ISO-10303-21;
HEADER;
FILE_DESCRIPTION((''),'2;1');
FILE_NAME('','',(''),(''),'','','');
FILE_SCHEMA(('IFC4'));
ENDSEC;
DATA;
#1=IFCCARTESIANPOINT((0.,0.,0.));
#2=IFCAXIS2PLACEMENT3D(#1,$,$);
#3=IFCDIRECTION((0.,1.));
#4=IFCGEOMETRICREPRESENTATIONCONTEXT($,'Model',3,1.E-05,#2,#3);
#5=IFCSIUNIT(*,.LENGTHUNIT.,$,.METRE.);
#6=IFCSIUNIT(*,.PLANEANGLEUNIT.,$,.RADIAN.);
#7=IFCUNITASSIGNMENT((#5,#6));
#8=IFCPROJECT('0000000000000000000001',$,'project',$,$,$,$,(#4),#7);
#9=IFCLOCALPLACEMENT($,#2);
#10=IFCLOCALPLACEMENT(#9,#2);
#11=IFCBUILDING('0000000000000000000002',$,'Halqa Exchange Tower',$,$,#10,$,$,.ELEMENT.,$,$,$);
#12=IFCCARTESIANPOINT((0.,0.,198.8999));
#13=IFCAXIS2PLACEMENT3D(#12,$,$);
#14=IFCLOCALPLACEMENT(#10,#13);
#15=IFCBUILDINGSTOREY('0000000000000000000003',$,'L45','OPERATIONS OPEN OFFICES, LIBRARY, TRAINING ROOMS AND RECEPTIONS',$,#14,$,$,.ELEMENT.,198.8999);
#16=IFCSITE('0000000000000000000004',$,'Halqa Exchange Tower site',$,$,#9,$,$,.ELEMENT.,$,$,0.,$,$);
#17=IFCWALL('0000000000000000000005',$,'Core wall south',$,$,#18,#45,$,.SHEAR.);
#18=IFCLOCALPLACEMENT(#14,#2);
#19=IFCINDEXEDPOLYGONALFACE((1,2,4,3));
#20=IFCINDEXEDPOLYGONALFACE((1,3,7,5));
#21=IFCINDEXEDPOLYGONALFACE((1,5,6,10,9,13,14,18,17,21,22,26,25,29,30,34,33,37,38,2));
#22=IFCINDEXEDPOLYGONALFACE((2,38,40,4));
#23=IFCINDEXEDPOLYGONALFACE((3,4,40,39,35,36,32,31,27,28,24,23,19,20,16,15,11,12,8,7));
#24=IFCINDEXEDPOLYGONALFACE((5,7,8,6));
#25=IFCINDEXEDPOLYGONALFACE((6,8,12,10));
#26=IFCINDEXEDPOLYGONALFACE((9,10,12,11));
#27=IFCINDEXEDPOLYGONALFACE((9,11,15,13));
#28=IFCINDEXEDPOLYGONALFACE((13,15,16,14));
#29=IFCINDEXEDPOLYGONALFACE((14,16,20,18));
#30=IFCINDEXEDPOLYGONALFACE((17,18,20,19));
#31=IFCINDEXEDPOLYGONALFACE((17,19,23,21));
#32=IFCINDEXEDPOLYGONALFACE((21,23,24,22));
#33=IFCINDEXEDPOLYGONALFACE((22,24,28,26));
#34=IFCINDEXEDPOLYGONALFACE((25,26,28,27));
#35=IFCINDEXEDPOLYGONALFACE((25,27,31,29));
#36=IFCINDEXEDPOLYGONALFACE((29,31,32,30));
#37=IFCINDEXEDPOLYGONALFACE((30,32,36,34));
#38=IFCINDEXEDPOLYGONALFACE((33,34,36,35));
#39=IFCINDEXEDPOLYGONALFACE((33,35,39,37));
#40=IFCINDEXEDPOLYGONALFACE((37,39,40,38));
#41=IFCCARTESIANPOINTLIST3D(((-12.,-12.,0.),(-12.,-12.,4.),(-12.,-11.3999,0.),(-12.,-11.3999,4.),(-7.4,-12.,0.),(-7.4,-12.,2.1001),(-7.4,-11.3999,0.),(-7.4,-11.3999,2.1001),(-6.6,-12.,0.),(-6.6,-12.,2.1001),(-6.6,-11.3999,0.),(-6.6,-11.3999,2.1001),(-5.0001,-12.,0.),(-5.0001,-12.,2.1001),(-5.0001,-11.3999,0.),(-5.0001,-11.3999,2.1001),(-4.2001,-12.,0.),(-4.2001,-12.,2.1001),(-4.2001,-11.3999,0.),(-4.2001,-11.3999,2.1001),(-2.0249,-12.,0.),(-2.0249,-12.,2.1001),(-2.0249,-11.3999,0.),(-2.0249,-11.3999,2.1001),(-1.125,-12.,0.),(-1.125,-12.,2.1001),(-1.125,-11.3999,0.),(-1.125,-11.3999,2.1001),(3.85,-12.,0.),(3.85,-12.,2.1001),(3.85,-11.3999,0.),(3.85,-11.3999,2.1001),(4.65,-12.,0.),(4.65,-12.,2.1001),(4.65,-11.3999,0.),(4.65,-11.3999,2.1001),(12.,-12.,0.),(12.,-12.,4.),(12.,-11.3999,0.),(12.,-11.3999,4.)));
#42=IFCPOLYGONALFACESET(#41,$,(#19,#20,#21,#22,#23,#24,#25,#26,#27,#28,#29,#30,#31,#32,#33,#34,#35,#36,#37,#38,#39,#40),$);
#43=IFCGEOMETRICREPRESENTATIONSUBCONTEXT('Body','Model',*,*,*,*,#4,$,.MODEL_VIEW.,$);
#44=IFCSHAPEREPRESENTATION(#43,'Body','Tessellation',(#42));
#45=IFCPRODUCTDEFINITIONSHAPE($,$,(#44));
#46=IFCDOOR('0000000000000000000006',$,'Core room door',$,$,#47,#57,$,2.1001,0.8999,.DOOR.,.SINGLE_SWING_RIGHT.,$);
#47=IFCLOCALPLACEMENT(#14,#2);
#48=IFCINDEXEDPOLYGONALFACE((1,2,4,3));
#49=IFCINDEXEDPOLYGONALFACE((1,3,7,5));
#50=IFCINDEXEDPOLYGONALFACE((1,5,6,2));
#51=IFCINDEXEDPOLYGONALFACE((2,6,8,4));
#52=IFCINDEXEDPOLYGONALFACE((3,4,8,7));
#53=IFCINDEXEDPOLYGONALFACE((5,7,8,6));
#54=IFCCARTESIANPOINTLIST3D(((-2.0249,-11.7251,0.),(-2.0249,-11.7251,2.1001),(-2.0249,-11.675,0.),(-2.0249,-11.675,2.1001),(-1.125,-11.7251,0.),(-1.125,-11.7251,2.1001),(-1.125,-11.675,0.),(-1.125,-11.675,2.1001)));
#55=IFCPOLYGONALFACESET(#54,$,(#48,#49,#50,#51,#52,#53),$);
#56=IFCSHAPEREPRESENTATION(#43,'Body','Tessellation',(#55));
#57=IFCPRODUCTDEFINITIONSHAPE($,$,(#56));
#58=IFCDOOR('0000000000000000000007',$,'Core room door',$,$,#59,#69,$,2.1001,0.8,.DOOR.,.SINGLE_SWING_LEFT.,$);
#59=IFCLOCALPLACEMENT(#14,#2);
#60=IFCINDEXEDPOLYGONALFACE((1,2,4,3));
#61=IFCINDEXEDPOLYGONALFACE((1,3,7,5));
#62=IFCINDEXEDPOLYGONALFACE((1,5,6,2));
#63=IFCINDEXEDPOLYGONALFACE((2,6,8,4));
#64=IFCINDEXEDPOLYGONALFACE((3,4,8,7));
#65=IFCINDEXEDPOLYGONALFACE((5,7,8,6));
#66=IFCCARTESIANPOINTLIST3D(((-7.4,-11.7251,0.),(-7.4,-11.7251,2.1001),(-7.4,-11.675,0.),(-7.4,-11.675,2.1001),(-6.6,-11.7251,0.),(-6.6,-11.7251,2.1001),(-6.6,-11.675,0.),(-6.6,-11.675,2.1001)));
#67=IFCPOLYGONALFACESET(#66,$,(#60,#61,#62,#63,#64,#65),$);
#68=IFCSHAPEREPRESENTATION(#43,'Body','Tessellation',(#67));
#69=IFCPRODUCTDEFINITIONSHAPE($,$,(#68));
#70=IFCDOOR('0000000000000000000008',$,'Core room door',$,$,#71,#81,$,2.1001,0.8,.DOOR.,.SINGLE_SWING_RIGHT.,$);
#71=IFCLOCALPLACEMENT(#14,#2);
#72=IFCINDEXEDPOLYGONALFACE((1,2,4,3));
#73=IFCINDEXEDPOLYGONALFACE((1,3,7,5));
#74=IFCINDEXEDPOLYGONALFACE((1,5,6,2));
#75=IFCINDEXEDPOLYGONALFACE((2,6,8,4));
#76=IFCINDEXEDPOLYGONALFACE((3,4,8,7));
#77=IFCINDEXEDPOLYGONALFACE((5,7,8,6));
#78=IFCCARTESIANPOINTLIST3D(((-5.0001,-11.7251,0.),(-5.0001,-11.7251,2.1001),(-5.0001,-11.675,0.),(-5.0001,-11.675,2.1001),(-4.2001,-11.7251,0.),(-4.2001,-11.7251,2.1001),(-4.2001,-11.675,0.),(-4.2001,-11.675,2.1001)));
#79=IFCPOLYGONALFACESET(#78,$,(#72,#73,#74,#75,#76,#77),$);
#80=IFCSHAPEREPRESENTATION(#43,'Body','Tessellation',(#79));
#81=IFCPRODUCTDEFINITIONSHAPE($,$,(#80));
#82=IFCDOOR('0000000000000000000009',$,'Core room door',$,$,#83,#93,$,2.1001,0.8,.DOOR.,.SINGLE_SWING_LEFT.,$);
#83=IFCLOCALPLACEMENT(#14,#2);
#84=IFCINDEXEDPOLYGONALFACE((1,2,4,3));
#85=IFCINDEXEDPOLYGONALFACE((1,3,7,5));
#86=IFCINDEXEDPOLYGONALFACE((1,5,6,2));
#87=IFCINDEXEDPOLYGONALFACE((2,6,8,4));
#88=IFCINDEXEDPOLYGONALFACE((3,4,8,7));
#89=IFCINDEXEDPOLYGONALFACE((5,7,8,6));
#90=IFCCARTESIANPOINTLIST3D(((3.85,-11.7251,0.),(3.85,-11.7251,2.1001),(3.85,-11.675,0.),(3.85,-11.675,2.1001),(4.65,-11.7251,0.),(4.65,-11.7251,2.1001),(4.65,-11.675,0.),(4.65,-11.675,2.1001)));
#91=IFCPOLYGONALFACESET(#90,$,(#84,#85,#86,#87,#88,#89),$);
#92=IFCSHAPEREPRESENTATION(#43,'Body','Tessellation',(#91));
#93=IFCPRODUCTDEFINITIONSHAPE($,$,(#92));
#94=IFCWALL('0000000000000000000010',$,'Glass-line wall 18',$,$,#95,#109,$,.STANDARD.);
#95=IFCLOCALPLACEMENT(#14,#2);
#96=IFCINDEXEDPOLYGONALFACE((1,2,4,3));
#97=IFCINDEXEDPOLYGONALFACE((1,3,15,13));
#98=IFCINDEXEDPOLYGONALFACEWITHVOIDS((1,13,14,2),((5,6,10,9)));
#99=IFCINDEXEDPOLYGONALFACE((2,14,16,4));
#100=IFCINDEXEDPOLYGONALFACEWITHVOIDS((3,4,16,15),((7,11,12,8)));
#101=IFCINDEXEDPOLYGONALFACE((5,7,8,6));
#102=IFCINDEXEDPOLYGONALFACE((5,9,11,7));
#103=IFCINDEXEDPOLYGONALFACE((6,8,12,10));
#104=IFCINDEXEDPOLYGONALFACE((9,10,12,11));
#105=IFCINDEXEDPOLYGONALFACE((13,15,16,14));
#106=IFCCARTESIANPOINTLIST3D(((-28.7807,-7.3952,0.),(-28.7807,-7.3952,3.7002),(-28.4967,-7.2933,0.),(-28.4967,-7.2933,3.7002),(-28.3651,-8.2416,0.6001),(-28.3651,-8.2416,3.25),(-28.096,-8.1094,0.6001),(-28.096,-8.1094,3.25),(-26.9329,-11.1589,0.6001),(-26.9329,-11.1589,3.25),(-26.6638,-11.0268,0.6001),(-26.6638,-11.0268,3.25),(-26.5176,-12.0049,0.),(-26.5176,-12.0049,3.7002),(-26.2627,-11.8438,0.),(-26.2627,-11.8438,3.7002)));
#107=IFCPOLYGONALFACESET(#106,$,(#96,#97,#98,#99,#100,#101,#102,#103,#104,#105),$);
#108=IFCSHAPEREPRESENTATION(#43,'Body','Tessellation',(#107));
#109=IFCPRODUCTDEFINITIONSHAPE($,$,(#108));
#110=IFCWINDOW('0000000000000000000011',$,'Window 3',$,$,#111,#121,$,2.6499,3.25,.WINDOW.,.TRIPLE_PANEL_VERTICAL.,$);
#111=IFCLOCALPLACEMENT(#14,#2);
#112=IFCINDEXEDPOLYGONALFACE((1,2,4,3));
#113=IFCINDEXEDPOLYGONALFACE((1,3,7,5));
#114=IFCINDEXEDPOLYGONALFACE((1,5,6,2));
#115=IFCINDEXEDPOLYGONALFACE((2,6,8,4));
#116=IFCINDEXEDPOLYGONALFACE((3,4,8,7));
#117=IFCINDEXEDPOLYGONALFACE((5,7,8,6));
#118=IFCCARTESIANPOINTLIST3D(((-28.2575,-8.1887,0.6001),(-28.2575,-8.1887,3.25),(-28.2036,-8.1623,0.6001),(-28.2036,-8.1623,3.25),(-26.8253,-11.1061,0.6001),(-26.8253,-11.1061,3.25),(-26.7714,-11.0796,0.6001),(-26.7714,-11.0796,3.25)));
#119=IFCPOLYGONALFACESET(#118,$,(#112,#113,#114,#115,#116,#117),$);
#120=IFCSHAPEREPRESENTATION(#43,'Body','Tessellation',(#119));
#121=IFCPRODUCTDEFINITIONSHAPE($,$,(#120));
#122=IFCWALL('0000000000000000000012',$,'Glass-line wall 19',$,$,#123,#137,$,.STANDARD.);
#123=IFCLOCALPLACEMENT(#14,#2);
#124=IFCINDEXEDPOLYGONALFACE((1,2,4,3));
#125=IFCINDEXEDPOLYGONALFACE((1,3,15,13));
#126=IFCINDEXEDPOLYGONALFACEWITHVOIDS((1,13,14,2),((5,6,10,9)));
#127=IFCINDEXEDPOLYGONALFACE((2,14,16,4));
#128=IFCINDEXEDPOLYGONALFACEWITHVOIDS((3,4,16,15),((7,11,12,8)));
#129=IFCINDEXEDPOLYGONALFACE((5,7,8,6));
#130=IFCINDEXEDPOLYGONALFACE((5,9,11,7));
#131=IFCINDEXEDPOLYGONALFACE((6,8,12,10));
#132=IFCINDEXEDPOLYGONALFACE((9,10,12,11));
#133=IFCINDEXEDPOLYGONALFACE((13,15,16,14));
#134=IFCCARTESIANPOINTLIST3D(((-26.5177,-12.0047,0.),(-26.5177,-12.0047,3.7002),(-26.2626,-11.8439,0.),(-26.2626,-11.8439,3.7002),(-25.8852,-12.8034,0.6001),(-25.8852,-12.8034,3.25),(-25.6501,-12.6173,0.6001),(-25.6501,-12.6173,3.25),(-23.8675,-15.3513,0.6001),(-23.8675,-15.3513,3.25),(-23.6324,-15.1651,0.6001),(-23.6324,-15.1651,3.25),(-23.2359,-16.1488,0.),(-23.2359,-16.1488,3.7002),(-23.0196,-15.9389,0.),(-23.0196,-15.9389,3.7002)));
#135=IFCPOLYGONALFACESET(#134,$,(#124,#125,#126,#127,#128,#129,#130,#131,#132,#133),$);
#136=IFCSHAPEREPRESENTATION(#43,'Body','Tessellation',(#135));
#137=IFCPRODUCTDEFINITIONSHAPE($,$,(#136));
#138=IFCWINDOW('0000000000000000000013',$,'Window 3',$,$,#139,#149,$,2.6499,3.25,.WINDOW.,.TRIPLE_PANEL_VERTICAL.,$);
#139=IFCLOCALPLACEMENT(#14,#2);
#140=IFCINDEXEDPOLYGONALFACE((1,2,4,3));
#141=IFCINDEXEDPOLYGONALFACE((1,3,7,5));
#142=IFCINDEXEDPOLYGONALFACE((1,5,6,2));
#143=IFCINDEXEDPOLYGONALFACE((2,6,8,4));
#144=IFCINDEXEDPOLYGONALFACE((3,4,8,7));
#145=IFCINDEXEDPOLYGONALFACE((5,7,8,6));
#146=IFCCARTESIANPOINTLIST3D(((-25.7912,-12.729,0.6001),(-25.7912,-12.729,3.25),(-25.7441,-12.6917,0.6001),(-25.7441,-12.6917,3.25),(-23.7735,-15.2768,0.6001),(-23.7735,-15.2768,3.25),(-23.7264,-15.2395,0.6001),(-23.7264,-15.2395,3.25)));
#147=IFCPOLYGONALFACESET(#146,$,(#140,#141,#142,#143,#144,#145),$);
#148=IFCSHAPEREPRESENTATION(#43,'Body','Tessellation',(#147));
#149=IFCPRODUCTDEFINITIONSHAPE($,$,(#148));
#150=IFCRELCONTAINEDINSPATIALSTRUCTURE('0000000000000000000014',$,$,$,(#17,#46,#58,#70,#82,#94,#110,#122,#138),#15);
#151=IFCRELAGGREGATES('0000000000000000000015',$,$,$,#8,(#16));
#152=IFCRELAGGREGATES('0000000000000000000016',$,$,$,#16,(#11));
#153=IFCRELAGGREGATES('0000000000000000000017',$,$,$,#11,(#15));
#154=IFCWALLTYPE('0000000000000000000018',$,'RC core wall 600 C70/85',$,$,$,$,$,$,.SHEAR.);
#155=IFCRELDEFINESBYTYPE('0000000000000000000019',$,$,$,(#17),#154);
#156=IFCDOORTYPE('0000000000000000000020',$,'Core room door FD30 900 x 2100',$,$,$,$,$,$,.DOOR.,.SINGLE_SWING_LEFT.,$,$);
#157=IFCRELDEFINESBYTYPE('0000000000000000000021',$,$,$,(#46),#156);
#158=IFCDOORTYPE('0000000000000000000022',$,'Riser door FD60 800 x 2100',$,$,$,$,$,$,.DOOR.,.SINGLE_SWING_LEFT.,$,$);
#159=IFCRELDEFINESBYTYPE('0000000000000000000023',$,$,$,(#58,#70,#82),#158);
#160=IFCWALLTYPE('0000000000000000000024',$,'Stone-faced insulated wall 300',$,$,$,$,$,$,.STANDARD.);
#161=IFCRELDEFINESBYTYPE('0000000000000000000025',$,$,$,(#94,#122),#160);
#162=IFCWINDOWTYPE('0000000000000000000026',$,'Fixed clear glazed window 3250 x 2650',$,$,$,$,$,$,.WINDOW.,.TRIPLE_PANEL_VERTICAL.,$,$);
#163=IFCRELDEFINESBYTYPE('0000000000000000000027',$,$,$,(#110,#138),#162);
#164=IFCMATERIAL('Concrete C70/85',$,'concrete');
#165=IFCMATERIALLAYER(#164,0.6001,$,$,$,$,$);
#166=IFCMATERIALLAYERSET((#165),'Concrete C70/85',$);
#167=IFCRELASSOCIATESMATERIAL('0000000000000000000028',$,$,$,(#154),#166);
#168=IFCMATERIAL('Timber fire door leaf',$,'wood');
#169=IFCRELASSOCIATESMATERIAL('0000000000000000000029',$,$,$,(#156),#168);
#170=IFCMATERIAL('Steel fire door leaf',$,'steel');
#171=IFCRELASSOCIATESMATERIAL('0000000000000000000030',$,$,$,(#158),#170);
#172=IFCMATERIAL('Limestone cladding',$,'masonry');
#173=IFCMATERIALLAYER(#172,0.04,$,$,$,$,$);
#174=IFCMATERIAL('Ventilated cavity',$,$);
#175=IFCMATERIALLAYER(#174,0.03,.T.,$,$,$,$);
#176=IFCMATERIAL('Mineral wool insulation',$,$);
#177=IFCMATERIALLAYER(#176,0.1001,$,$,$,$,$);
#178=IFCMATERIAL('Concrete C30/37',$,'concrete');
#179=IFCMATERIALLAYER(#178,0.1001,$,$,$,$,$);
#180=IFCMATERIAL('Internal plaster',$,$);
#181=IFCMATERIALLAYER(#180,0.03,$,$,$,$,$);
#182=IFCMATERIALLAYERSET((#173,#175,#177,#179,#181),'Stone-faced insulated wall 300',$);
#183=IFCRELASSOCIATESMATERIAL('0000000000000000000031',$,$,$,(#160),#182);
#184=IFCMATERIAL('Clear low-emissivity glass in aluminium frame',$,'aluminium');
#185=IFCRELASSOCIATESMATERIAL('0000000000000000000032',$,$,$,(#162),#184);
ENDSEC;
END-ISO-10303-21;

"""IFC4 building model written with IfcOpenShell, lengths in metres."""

from ifc_helpers import new_model, si_unit, direction, frame, frame_2d, origin, place, context, subcontext, project, spatial, polyline, rectangle, outline, extrude, material, layer, layer_set, type_object, element, fill, save


model = new_model("IFC4")

# Units and contexts
model_context = context("Model", 3, precision=1e-05, world=origin(), true_north=direction((0.0, 1.0)))
body_context = subcontext(model_context, "Body", "Model", "MODEL_VIEW")
ifc_project = project(units=[si_unit("LENGTHUNIT", "METRE"), si_unit("PLANEANGLEUNIT", "RADIAN")], contexts=[model_context])

# Site, building, storey
site_placement = place(None, origin())
site = spatial("IfcSite", under=ifc_project, at=site_placement, Name="Halqa Exchange Tower site", CompositionType="ELEMENT", RefElevation=0.0)
building_placement = place(site_placement, origin())
building = spatial("IfcBuilding", under=site, at=building_placement, Name="Halqa Exchange Tower", CompositionType="ELEMENT")
storey_placement = place(building_placement, frame((0.0, 0.0, 198.8999)))
storey = spatial("IfcBuildingStorey", under=building, at=storey_placement, Name="L45", Description="OPERATIONS OPEN OFFICES, LIBRARY, TRAINING ROOMS AND RECEPTIONS", CompositionType="ELEMENT", Elevation=198.8999)

# Shared definitions
ifc_material_1 = material(Name="Steel fire door leaf", Category="steel")

# Wall, openings, doors
ifc_material_2 = material(Name="Concrete C70/85", Category="concrete")
ifc_layer_1 = layer(ifc_material_2, 0.6001)
ifc_layer_set_1 = layer_set([ifc_layer_1], Name="Concrete C70/85")
wall_type_1 = type_object("IfcWallType", Name="RC core wall 600 C70/85", PredefinedType="SHEAR", material=ifc_layer_set_1)
wall_1_placement = place(storey_placement, frame((-12.0, -11.7, 0.0), z_axis=(0.0, 0.0, 1.0), x_axis=(1.0, 0.0, 0.0)))
wall_1 = element("IfcWall", 1, at=wall_1_placement, inside=storey, type_object=wall_type_1, Name="Core wall south", PredefinedType="SHEAR", context=body_context, shape_type="SweptSolid", body=[
    extrude(rectangle(XDim=24.0, YDim=0.6001, at=frame_2d((12.0, 0.0))), origin(), (0.0, 0.0, 1.0), 4.0),
])
opening_1_placement = place(wall_1_placement, frame((9.9751, 0.0, 0.0)))
opening_1 = element("IfcOpeningElement", 2, at=opening_1_placement, cuts=wall_1, PredefinedType="OPENING", context=body_context, shape_type="SweptSolid", body=[
    extrude(rectangle(XDim=0.8999, YDim=2.1001, at=frame_2d((0.45, 1.05))), frame((0.0, 0.312, 0.0), z_axis=(0.0, -1.0, 0.0), x_axis=(1.0, 0.0, 0.0)), (0.0, 0.0, 1.0), 0.624),
])
opening_2_placement = place(wall_1_placement, frame((4.6001, 0.0, 0.0)))
opening_2 = element("IfcOpeningElement", 3, at=opening_2_placement, cuts=wall_1, PredefinedType="OPENING", context=body_context, shape_type="SweptSolid", body=[
    extrude(rectangle(XDim=0.8, YDim=2.1001, at=frame_2d((0.3999, 1.05))), frame((0.0, 0.312, 0.0), z_axis=(0.0, -1.0, 0.0), x_axis=(1.0, 0.0, 0.0)), (0.0, 0.0, 1.0), 0.624),
])
opening_3_placement = place(wall_1_placement, frame((7.0, 0.0, 0.0)))
opening_3 = element("IfcOpeningElement", 4, at=opening_3_placement, cuts=wall_1, PredefinedType="OPENING", context=body_context, shape_type="SweptSolid", body=[
    extrude(rectangle(XDim=0.8, YDim=2.1001, at=frame_2d((0.3999, 1.05))), frame((0.0, 0.312, 0.0), z_axis=(0.0, -1.0, 0.0), x_axis=(1.0, 0.0, 0.0)), (0.0, 0.0, 1.0), 0.624),
])
opening_4_placement = place(wall_1_placement, frame((15.8501, 0.0, 0.0)))
opening_4 = element("IfcOpeningElement", 5, at=opening_4_placement, cuts=wall_1, PredefinedType="OPENING", context=body_context, shape_type="SweptSolid", body=[
    extrude(rectangle(XDim=0.8, YDim=2.1001, at=frame_2d((0.3999, 1.05))), frame((0.0, 0.312, 0.0), z_axis=(0.0, -1.0, 0.0), x_axis=(1.0, 0.0, 0.0)), (0.0, 0.0, 1.0), 0.624),
])
ifc_material_3 = material(Name="Timber fire door leaf", Category="wood")
door_type_1 = type_object("IfcDoorType", Name="Core room door FD30 900 x 2100", OperationType="SINGLE_SWING_LEFT", PredefinedType="DOOR", material=ifc_material_3)
door_1_placement = place(opening_1_placement, origin())
door_1 = element("IfcDoor", 6, at=door_1_placement, inside=storey, type_object=door_type_1, Name="Core room door", OperationType="SINGLE_SWING_RIGHT", OverallHeight=2.1001, OverallWidth=0.8999, PredefinedType="DOOR", context=body_context, shape_type="SweptSolid", body=[
    extrude(rectangle(XDim=0.8999, YDim=2.1001, at=frame_2d((0.45, 1.05))), frame((0.0, 0.0249, 0.0), z_axis=(0.0, -1.0, 0.0), x_axis=(1.0, 0.0, 0.0)), (0.0, 0.0, 1.0), 0.05),
])
fill(opening_1, door_1)
door_type_2 = type_object("IfcDoorType", Name="Riser door FD60 800 x 2100", OperationType="SINGLE_SWING_LEFT", PredefinedType="DOOR", material=ifc_material_1)
door_2_placement = place(opening_2_placement, origin())
door_2 = element("IfcDoor", 7, at=door_2_placement, inside=storey, type_object=door_type_2, Name="Core room door", OperationType="SINGLE_SWING_LEFT", OverallHeight=2.1001, OverallWidth=0.8, PredefinedType="DOOR", context=body_context, shape_type="SweptSolid", body=[
    extrude(rectangle(XDim=0.8, YDim=2.1001, at=frame_2d((0.3999, 1.05))), frame((0.0, 0.0249, 0.0), z_axis=(0.0, -1.0, 0.0), x_axis=(1.0, 0.0, 0.0)), (0.0, 0.0, 1.0), 0.05),
])
fill(opening_2, door_2)
door_3_placement = place(opening_3_placement, origin())
door_3 = element("IfcDoor", 8, at=door_3_placement, inside=storey, type_object=door_type_2, Name="Core room door", OperationType="SINGLE_SWING_RIGHT", OverallHeight=2.1001, OverallWidth=0.8, PredefinedType="DOOR", context=body_context, shape_type="SweptSolid", body=[
    extrude(rectangle(XDim=0.8, YDim=2.1001, at=frame_2d((0.3999, 1.05))), frame((0.0, 0.0249, 0.0), z_axis=(0.0, -1.0, 0.0), x_axis=(1.0, 0.0, 0.0)), (0.0, 0.0, 1.0), 0.05),
])
fill(opening_3, door_3)
door_4_placement = place(opening_4_placement, origin())
door_4 = element("IfcDoor", 9, at=door_4_placement, inside=storey, type_object=door_type_2, Name="Core room door", OperationType="SINGLE_SWING_LEFT", OverallHeight=2.1001, OverallWidth=0.8, PredefinedType="DOOR", context=body_context, shape_type="SweptSolid", body=[
    extrude(rectangle(XDim=0.8, YDim=2.1001, at=frame_2d((0.3999, 1.05))), frame((0.0, 0.0249, 0.0), z_axis=(0.0, -1.0, 0.0), x_axis=(1.0, 0.0, 0.0)), (0.0, 0.0, 1.0), 0.05),
])
fill(opening_4, door_4)

# Walls, openings, windows
ifc_material_4 = material(Name="Limestone cladding", Category="masonry")
ifc_layer_2 = layer(ifc_material_4, 0.04)
ifc_material_5 = material(Name="Ventilated cavity")
ifc_layer_3 = layer(ifc_material_5, 0.03, ventilated=True)
ifc_material_6 = material(Name="Mineral wool insulation")
ifc_layer_4 = layer(ifc_material_6, 0.1001)
ifc_material_7 = material(Name="Concrete C30/37", Category="concrete")
ifc_layer_5 = layer(ifc_material_7, 0.1001)
ifc_material_8 = material(Name="Internal plaster")
ifc_layer_6 = layer(ifc_material_8, 0.03)
ifc_layer_set_2 = layer_set([ifc_layer_2, ifc_layer_3, ifc_layer_4, ifc_layer_5, ifc_layer_6], Name="Stone-faced insulated wall 300")
wall_type_2 = type_object("IfcWallType", Name="Stone-faced insulated wall 300", PredefinedType="STANDARD", material=ifc_layer_set_2)
wall_2_placement = place(storey_placement, frame((-28.6387, -7.3442, 0.0), z_axis=(0.0, 0.0, 1.0), x_axis=(0.440694, -0.897657, 0.0)))
wall_2 = element("IfcWall", 10, at=wall_2_placement, inside=storey, type_object=wall_type_2, Name="Glass-line wall 18", PredefinedType="STANDARD", context=body_context, shape_type="SweptSolid", body=[
    extrude(outline(polyline([(-0.0168, -0.1499), (5.1184, -0.1499), (5.0862, 0.1499), (0.0168, 0.1499), (-0.0168, -0.1499)])), origin(), (0.0, 0.0, 1.0), 3.7002),
])
opening_5_placement = place(wall_2_placement, frame((0.926, 0.0, 0.6001)))
opening_5 = element("IfcOpeningElement", 11, at=opening_5_placement, cuts=wall_2, PredefinedType="OPENING", context=body_context, shape_type="SweptSolid", body=[
    extrude(rectangle(XDim=3.25, YDim=2.6499, at=frame_2d((1.625, 1.325))), frame((0.0, 0.1621, 0.0), z_axis=(0.0, -1.0, 0.0), x_axis=(1.0, 0.0, 0.0)), (0.0, 0.0, 1.0), 0.324),
])
ifc_material_9 = material(Name="Clear low-emissivity glass in aluminium frame", Category="aluminium")
window_type = type_object("IfcWindowType", Name="Fixed clear glazed window 3250 x 2650", PartitioningType="TRIPLE_PANEL_VERTICAL", PredefinedType="WINDOW", material=ifc_material_9)
window_1_placement = place(opening_5_placement, origin())
window_1 = element("IfcWindow", 12, at=window_1_placement, inside=storey, type_object=window_type, Name="Window 3", OverallHeight=2.6499, OverallWidth=3.25, PartitioningType="TRIPLE_PANEL_VERTICAL", PredefinedType="WINDOW", context=body_context, shape_type="SweptSolid", body=[
    extrude(rectangle(XDim=3.25, YDim=2.6499, at=frame_2d((1.625, 1.325))), frame((0.0, 0.03, 0.0), z_axis=(0.0, -1.0, 0.0), x_axis=(1.0, 0.0, 0.0)), (0.0, 0.0, 1.0), 0.0601),
])
fill(opening_5, window_1)
wall_3_placement = place(storey_placement, frame((-26.3901, -11.9243, 0.0), z_axis=(0.0, 0.0, 1.0), x_axis=(0.620829, -0.783946, 0.0)))
wall_3 = element("IfcWall", 13, at=wall_3_placement, inside=storey, type_object=wall_type_2, Name="Glass-line wall 19", PredefinedType="STANDARD", context=body_context, shape_type="SweptSolid", body=[
    extrude(outline(polyline([(-0.0161, -0.1499), (5.27, -0.1499), (5.2397, 0.1499), (0.0161, 0.1499), (-0.0161, -0.1499)])), origin(), (0.0, 0.0, 1.0), 3.7002),
])
opening_6_placement = place(wall_3_placement, frame((1.0027, 0.0, 0.6001)))
opening_6 = element("IfcOpeningElement", 14, at=opening_6_placement, cuts=wall_3, PredefinedType="OPENING", context=body_context, shape_type="SweptSolid", body=[
    extrude(rectangle(XDim=3.25, YDim=2.6499, at=frame_2d((1.625, 1.325))), frame((0.0, 0.1621, 0.0), z_axis=(0.0, -1.0, 0.0), x_axis=(1.0, 0.0, 0.0)), (0.0, 0.0, 1.0), 0.324),
])
window_2_placement = place(opening_6_placement, origin())
window_2 = element("IfcWindow", 15, at=window_2_placement, inside=storey, type_object=window_type, Name="Window 3", OverallHeight=2.6499, OverallWidth=3.25, PartitioningType="TRIPLE_PANEL_VERTICAL", PredefinedType="WINDOW", context=body_context, shape_type="SweptSolid", body=[
    extrude(rectangle(XDim=3.25, YDim=2.6499, at=frame_2d((1.625, 1.325))), frame((0.0, 0.03, 0.0), z_axis=(0.0, -1.0, 0.0), x_axis=(1.0, 0.0, 0.0)), (0.0, 0.0, 1.0), 0.0601),
])
fill(opening_6, window_2)

save(model, "model.ifc")
